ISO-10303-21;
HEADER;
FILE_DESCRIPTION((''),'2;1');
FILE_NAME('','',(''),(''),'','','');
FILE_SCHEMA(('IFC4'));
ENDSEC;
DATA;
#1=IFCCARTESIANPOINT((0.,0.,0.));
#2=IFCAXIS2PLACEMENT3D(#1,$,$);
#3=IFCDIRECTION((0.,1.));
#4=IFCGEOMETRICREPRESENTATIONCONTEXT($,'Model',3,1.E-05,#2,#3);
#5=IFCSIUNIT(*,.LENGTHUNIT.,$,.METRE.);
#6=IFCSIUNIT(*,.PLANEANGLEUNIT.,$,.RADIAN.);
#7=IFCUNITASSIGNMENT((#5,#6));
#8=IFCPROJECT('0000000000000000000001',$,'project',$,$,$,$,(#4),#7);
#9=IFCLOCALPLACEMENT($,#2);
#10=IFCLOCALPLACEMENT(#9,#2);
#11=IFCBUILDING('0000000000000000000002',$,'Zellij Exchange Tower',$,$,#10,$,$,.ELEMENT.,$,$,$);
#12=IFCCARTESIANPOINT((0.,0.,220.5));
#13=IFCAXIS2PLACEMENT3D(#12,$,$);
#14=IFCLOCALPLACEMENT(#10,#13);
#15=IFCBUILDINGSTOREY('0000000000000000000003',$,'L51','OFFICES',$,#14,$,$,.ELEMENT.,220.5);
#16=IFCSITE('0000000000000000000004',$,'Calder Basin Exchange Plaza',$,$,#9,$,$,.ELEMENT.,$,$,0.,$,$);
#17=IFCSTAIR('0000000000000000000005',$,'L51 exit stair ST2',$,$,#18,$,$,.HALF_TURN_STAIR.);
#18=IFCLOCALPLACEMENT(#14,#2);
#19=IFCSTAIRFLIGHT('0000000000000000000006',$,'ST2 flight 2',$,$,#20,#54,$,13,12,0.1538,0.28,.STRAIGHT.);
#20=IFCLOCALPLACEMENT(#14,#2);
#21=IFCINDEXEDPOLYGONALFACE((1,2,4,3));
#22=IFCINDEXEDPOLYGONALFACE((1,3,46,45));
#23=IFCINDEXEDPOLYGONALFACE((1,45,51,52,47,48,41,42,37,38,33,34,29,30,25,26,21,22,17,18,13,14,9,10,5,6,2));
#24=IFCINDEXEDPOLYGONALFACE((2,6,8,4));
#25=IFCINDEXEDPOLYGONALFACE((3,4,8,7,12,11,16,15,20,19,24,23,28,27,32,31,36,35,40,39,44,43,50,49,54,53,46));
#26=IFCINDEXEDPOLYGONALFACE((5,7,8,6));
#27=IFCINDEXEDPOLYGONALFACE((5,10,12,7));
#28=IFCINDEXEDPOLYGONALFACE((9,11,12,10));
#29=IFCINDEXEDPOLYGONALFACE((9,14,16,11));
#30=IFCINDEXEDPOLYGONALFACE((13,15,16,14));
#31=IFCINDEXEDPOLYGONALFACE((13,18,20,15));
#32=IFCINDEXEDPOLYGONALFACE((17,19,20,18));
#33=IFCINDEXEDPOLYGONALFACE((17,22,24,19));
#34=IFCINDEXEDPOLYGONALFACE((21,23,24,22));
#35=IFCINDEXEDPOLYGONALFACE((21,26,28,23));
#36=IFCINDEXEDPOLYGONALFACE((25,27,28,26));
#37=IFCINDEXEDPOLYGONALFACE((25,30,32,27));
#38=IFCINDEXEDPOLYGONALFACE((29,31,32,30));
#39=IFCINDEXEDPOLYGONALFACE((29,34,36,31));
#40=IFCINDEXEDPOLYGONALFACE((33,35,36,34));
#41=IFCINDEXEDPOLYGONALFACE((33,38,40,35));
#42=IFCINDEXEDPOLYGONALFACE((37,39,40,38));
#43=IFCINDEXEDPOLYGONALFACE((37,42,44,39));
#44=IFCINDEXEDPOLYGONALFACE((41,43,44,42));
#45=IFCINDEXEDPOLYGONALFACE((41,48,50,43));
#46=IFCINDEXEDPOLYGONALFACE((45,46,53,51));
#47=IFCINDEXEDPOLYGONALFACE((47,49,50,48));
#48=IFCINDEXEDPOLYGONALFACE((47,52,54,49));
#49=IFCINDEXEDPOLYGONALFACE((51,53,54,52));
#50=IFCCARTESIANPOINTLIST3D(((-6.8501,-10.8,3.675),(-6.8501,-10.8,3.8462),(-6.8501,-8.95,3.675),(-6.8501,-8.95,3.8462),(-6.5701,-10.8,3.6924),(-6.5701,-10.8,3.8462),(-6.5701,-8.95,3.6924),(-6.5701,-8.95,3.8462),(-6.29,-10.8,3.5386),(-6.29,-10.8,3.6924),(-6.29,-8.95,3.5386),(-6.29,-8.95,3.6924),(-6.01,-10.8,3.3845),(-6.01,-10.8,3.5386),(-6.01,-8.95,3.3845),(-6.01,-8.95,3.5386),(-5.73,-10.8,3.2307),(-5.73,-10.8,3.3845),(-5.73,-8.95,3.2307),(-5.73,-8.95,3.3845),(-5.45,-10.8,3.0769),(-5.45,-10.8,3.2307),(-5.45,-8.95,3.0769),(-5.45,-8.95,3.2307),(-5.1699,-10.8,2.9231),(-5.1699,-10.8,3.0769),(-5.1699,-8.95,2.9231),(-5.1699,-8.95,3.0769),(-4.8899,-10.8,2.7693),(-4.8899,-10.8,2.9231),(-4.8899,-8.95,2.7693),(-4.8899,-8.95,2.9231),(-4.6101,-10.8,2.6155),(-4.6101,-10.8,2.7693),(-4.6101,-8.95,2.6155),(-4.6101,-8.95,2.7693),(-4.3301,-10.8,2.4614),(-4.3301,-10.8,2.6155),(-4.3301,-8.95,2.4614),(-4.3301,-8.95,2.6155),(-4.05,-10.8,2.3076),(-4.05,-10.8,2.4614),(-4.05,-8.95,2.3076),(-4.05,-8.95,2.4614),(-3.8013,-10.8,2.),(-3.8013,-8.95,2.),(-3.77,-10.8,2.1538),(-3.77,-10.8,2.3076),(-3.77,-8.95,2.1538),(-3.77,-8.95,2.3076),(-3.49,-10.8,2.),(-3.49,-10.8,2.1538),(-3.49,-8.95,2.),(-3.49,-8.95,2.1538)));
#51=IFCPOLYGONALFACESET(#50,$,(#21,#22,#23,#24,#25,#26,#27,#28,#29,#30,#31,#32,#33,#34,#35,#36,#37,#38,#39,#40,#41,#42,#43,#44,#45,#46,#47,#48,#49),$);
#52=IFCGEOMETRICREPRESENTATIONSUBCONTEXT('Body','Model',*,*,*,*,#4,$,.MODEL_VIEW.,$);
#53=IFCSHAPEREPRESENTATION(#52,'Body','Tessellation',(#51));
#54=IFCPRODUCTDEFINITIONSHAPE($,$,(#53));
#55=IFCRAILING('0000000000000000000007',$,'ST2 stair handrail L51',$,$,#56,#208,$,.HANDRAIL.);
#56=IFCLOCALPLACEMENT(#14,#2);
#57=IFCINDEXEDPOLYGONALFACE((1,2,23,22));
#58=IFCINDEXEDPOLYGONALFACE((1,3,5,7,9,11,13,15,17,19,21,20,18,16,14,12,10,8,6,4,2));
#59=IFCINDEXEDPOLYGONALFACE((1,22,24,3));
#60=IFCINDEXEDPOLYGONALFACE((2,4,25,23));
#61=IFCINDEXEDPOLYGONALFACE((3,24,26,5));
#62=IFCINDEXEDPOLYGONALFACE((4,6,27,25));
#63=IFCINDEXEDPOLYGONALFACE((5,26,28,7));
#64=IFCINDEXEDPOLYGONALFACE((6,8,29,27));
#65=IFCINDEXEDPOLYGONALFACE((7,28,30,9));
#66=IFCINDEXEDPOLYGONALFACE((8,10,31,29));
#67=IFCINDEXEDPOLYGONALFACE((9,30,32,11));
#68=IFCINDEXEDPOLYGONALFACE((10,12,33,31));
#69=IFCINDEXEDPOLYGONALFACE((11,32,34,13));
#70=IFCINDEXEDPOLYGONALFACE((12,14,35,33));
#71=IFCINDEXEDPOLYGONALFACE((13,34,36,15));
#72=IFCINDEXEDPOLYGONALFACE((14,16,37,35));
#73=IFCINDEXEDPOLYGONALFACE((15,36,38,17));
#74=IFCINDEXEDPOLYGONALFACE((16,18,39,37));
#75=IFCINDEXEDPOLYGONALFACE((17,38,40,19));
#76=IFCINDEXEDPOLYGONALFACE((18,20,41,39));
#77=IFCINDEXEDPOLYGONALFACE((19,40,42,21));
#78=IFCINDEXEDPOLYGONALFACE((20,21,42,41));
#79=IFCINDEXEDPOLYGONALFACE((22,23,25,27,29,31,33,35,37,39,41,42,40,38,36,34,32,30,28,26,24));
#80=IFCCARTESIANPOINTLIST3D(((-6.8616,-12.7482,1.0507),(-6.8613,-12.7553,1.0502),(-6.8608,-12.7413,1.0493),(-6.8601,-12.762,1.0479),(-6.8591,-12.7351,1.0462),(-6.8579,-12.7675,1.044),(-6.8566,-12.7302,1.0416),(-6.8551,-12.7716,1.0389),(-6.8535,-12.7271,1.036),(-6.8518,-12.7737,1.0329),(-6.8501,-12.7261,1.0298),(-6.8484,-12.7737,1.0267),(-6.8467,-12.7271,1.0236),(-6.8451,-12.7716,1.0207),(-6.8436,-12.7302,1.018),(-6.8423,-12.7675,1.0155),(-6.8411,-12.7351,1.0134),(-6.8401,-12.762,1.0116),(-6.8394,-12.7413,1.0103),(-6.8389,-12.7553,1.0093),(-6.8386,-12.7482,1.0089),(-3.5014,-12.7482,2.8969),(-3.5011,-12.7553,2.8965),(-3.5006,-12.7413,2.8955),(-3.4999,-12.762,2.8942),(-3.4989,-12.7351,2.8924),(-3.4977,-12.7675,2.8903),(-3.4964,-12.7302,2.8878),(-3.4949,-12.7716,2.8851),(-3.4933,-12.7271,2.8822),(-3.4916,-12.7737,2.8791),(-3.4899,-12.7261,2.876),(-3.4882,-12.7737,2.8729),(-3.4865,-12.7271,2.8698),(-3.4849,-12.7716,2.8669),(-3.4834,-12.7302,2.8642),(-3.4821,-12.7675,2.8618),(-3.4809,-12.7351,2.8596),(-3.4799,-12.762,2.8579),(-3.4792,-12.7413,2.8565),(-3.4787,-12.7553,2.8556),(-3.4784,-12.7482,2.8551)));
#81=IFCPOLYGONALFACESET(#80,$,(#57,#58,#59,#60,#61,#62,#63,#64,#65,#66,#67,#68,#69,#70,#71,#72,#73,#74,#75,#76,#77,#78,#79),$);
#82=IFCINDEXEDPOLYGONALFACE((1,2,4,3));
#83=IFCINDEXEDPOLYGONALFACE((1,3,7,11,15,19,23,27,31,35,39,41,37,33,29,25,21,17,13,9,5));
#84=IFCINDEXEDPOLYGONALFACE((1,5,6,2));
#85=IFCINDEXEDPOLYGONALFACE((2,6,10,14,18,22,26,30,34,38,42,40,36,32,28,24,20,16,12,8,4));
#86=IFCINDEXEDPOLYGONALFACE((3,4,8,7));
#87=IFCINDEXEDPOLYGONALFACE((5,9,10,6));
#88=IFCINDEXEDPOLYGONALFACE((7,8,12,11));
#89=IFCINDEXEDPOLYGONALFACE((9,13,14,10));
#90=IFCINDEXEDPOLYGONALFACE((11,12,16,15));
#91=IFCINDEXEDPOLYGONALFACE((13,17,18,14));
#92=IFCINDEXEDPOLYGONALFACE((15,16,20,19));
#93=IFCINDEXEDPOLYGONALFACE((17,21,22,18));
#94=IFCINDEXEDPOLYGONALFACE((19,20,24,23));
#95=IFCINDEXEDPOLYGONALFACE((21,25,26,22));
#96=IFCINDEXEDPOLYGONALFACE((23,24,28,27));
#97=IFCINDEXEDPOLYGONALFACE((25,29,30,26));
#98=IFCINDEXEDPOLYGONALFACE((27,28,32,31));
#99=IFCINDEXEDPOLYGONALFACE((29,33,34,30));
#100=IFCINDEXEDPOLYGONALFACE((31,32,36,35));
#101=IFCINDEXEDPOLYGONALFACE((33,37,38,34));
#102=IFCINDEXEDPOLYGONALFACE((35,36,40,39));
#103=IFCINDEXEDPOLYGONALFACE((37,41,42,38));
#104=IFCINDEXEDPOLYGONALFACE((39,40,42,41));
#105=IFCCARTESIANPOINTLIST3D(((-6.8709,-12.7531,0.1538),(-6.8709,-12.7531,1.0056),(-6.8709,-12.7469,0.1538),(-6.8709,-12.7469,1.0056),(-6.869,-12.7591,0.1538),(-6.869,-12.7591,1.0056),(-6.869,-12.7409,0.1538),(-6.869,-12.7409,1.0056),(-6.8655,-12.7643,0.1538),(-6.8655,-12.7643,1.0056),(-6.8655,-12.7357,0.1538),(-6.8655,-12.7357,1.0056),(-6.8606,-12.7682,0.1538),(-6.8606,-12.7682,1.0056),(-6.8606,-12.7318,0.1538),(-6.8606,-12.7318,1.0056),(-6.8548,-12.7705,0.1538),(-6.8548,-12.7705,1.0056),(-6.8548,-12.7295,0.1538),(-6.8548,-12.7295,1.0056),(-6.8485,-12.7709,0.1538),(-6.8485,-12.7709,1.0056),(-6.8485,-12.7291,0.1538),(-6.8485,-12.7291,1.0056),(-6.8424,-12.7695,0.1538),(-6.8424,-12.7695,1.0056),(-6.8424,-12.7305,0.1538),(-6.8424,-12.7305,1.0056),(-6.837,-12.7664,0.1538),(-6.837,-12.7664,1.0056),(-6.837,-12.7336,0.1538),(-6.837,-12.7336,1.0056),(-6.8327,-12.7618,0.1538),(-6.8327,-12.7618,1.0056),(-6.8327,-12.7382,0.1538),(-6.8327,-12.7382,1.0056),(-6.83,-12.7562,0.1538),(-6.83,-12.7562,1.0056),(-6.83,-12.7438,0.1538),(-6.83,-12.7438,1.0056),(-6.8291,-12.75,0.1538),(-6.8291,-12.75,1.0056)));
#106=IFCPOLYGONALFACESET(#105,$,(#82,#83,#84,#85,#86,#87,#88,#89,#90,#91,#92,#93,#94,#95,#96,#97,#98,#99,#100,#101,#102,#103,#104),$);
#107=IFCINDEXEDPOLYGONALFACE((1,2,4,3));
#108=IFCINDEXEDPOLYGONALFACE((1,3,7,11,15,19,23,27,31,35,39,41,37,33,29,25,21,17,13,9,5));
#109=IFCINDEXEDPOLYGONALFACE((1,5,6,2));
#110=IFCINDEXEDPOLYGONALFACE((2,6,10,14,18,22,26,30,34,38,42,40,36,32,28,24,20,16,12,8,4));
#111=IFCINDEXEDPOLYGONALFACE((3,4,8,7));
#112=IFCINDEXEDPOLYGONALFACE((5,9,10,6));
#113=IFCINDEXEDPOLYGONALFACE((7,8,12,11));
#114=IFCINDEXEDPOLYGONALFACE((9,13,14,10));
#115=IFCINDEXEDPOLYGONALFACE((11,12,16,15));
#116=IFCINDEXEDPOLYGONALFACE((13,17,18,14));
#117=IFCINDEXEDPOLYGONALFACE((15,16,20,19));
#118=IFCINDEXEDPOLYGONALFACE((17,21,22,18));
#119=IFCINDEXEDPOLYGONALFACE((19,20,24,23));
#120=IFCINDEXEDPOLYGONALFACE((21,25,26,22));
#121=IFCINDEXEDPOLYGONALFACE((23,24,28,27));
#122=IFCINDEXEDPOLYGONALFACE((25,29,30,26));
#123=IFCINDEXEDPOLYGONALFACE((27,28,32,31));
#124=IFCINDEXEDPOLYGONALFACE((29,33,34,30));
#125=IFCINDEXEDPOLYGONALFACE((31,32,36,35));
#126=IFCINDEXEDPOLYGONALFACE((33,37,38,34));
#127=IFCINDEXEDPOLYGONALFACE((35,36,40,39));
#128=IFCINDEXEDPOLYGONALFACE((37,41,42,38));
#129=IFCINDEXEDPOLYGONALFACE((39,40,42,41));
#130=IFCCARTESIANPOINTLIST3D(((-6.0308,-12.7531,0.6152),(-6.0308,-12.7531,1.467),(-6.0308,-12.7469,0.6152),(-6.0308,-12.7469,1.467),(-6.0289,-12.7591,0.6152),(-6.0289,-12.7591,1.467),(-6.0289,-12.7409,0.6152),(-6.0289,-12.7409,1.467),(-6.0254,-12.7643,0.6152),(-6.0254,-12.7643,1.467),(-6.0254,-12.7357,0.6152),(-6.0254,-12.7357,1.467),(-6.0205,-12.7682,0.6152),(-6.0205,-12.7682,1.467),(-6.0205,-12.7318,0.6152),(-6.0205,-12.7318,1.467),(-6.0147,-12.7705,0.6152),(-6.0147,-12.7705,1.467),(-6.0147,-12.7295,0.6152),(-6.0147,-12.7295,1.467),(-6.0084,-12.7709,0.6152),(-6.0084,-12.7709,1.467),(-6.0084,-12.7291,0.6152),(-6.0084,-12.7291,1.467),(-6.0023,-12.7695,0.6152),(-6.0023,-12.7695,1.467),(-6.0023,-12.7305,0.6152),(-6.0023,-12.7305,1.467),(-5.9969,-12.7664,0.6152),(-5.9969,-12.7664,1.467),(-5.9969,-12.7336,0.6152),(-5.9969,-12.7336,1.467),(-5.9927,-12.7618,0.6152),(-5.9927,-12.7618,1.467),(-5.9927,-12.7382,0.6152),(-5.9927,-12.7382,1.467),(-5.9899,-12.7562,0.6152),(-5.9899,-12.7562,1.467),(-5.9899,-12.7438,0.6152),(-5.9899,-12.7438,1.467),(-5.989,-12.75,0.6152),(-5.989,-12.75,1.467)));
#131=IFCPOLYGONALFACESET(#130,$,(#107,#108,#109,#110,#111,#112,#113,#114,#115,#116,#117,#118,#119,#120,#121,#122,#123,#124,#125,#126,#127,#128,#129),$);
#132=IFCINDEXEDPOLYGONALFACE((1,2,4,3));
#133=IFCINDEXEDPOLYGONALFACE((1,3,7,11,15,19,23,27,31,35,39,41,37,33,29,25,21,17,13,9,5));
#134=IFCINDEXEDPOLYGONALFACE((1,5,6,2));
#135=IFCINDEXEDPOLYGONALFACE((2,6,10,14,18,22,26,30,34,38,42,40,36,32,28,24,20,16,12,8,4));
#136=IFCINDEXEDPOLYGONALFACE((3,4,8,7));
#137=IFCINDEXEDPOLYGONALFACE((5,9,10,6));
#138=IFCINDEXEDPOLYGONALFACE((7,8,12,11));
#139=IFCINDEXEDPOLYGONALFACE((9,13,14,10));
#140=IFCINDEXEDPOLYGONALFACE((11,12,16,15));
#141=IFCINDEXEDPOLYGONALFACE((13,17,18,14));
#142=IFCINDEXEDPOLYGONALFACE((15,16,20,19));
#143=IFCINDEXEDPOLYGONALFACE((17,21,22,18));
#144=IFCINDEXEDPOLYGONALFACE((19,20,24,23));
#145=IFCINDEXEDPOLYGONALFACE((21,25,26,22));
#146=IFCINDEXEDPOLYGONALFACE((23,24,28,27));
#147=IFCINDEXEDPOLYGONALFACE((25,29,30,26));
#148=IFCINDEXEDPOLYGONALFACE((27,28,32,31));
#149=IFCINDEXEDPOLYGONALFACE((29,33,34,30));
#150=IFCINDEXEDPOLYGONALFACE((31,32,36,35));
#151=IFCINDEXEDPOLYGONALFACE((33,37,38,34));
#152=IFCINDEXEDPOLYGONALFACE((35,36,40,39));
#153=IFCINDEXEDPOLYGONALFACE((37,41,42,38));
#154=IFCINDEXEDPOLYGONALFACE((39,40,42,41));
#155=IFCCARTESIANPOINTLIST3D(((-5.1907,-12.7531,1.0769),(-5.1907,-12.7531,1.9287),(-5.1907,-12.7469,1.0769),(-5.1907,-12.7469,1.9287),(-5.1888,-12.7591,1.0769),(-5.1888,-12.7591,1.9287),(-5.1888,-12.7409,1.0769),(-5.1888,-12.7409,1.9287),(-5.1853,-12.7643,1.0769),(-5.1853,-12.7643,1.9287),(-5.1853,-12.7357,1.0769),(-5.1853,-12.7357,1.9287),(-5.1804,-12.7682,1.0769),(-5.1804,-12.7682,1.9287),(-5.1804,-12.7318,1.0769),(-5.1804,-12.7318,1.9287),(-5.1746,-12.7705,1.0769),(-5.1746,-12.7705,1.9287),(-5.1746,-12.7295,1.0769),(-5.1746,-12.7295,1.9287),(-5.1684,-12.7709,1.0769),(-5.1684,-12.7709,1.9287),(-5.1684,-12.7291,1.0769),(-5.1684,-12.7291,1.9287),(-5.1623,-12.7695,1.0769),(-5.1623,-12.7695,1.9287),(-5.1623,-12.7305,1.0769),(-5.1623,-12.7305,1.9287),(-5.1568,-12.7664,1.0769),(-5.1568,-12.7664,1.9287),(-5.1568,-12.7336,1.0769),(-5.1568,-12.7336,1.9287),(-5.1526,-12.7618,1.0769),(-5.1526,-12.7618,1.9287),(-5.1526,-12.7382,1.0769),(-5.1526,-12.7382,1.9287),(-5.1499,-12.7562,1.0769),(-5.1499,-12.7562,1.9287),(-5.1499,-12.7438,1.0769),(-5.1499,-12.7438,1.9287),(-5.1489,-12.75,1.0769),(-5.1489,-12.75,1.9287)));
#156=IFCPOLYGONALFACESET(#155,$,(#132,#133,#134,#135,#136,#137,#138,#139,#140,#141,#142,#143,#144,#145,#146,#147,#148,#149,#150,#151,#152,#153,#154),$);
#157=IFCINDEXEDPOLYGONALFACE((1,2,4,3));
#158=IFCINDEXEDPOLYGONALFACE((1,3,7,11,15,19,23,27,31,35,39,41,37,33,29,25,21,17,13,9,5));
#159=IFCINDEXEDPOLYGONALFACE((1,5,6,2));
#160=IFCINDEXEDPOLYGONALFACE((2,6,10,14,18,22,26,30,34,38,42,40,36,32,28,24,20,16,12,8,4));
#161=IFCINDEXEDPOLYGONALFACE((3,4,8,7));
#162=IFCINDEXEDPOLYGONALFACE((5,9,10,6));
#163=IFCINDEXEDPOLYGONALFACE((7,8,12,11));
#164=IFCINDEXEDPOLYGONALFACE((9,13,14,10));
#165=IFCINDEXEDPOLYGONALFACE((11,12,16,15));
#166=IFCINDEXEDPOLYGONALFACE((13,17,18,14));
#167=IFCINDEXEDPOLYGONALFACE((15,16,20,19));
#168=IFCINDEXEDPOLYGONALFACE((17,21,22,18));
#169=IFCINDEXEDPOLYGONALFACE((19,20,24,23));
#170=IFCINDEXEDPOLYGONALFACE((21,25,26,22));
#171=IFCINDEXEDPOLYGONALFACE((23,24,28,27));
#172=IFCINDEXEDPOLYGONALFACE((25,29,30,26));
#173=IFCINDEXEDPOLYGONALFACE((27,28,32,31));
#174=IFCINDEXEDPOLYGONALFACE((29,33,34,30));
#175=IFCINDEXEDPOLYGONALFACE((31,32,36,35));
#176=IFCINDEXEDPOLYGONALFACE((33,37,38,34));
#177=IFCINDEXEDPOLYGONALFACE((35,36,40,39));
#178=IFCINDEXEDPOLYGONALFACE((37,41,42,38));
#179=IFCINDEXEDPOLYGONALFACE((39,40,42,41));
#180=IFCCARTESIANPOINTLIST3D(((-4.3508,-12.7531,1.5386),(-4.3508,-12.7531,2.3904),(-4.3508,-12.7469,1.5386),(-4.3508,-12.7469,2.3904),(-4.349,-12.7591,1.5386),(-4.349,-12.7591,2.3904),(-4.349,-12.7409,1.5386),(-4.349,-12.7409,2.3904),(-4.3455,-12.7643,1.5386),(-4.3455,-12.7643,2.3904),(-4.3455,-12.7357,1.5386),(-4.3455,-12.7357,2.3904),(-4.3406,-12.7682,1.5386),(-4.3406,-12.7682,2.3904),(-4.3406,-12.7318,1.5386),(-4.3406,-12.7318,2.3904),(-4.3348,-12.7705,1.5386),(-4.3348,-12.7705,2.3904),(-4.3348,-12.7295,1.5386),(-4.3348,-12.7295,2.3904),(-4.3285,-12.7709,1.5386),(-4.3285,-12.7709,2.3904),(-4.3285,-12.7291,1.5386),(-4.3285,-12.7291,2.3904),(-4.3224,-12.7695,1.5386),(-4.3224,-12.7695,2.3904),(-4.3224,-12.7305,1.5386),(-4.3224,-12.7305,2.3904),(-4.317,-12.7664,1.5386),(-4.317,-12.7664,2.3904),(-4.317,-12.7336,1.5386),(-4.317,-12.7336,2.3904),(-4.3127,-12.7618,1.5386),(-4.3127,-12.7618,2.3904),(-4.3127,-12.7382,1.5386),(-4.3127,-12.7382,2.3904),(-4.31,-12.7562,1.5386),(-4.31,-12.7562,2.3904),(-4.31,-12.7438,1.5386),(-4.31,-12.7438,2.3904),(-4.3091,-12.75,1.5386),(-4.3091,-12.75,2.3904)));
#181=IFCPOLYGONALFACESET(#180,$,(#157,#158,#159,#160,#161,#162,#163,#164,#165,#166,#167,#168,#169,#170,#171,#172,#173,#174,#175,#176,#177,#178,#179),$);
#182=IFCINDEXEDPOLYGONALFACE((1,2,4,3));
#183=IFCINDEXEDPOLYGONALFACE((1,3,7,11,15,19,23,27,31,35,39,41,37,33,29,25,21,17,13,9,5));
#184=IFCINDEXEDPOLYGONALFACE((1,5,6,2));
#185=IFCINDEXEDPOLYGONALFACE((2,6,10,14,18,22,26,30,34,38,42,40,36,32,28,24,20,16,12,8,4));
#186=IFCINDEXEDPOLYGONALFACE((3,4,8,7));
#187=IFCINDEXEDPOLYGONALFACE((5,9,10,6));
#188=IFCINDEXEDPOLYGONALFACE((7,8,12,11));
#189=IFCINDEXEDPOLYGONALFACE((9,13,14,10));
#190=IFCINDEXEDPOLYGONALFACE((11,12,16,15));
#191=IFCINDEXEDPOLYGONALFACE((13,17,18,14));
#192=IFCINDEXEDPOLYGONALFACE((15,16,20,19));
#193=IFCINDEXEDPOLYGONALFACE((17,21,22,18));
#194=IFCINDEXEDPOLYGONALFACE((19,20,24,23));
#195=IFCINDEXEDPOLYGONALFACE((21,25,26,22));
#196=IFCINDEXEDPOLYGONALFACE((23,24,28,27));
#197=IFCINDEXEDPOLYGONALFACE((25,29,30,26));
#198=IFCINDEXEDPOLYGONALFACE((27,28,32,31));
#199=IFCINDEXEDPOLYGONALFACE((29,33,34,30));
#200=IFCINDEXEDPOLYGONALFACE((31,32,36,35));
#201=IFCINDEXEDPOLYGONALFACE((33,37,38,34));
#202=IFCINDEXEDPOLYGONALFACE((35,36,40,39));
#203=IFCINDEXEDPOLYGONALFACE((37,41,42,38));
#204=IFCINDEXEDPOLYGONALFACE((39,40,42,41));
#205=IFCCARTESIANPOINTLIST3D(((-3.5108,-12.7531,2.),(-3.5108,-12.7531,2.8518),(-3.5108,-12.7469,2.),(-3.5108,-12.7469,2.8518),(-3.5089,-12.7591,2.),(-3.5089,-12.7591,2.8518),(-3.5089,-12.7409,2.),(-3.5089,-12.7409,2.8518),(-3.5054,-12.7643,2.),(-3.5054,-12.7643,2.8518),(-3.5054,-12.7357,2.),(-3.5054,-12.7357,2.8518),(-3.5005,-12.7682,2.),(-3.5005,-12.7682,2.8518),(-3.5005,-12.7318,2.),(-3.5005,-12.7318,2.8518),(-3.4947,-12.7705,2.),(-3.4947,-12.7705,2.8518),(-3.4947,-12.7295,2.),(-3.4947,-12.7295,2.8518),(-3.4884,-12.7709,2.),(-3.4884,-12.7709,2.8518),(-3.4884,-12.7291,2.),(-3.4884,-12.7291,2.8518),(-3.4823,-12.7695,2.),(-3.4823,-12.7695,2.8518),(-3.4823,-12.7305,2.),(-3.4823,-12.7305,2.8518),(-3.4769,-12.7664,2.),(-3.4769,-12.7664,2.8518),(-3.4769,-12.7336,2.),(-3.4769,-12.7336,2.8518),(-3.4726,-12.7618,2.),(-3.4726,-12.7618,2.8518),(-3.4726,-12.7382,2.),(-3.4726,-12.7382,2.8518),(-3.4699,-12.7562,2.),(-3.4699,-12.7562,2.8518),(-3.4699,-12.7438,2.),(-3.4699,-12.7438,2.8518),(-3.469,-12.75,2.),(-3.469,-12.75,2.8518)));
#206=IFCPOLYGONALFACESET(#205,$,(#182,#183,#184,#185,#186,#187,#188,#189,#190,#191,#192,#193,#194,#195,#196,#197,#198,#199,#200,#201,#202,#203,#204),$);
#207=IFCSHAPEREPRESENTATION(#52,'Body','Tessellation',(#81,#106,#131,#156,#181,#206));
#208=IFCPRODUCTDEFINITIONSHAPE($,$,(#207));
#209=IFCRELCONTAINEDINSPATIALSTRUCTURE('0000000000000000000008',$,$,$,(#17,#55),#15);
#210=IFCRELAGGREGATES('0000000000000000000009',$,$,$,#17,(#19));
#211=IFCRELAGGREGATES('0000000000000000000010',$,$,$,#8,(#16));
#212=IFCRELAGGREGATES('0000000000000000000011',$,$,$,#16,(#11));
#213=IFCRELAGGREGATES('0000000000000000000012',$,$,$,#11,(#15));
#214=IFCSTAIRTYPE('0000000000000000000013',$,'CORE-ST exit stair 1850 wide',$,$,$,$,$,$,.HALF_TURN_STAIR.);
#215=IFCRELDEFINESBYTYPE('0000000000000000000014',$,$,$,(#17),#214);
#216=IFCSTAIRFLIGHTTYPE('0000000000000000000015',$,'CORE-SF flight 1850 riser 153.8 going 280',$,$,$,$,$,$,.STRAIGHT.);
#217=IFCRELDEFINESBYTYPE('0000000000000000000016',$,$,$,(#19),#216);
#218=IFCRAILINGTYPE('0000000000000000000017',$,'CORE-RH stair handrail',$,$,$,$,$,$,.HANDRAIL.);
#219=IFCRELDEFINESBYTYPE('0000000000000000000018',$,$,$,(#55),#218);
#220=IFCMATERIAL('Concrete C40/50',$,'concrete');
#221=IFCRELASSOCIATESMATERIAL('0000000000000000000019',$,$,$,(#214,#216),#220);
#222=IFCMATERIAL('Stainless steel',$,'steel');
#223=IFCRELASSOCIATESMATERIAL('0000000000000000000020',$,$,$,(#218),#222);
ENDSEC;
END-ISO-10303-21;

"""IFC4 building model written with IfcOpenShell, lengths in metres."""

from ifc_helpers import new_model, si_unit, direction, frame, origin, origin_2d, place, context, subcontext, project, spatial, polyline, circle, outline, extrude, material, type_object, element, aggregate, save


model = new_model("IFC4")

# Units and contexts
model_context = context("Model", 3, precision=1e-05, world=origin(), true_north=direction((0.0, 1.0)))
body_context = subcontext(model_context, "Body", "Model", "MODEL_VIEW")
ifc_project = project(units=[si_unit("LENGTHUNIT", "METRE"), si_unit("PLANEANGLEUNIT", "RADIAN")], contexts=[model_context])

# Site, building, storey
site_placement = place(None, origin())
site = spatial("IfcSite", under=ifc_project, at=site_placement, Name="Calder Basin Exchange Plaza", CompositionType="ELEMENT", RefElevation=0.0)
building_placement = place(site_placement, origin())
building = spatial("IfcBuilding", under=site, at=building_placement, Name="Zellij Exchange Tower", CompositionType="ELEMENT")
storey_placement = place(building_placement, frame((0.0, 0.0, 220.5)))
storey = spatial("IfcBuildingStorey", under=building, at=storey_placement, Name="L51", Description="OFFICES", CompositionType="ELEMENT", Elevation=220.5)

# Shared definitions
ifc_material_1 = material(Name="Concrete C40/50", Category="concrete")

# Stair, stair flight
stair_type = type_object("IfcStairType", Name="CORE-ST exit stair 1850 wide", PredefinedType="HALF_TURN_STAIR", material=ifc_material_1)
stair_placement = place(storey_placement, origin())
stair = element("IfcStair", 1, at=stair_placement, inside=storey, type_object=stair_type, Name="L51 exit stair ST2", PredefinedType="HALF_TURN_STAIR")
stair_flight_type = type_object("IfcStairFlightType", Name="CORE-SF flight 1850 riser 153.8 going 280", PredefinedType="STRAIGHT", material=ifc_material_1)
stair_flight_1_placement = place(storey_placement, frame((-3.49, -9.875, 2.0), z_axis=(0.0, 0.0, 1.0), x_axis=(-1.0, 0.0, 0.0)))
stair_flight_1 = element("IfcStairFlight", 2, at=stair_flight_1_placement, type_object=stair_flight_type, Name="ST2 flight 2", NumberOfRisers=13, NumberOfTreads=12, PredefinedType="STRAIGHT", RiserHeight=0.1538, TreadLength=0.28, context=body_context, shape_type="SweptSolid", body=[
    extrude(outline(polyline([(0.0, 0.0), (0.0, 0.1538), (0.28, 0.1538), (0.28, 0.3076), (0.5601, 0.3076), (0.5601, 0.4614), (0.8401, 0.4614), (0.8401, 0.6155), (1.1201, 0.6155), (1.1201, 0.7693), (1.3999, 0.7693), (1.3999, 0.9231), (1.6799, 0.9231), (1.6799, 1.0769), (1.96, 1.0769), (1.96, 1.2307), (2.24, 1.2307), (2.24, 1.3845), (2.52, 1.3845), (2.52, 1.5386), (2.8, 1.5386), (2.8, 1.6924), (3.0801, 1.6924), (3.0801, 1.8462), (3.3601, 1.8462), (3.3601, 2.0), (3.3601, 1.675), (0.3113, 0.0), (0.0, 0.0)])), frame((0.0, 0.925, 0.0), z_axis=(0.0, -1.0, 0.0), x_axis=(1.0, 0.0, 0.0)), (0.0, 0.0, 1.0), 1.8501),
])
aggregate(stair, [stair_flight_1])

# Railing
ifc_material_2 = material(Name="Stainless steel", Category="steel")
railing_type_1 = type_object("IfcRailingType", Name="CORE-RH stair handrail", PredefinedType="HANDRAIL", material=ifc_material_2)
railing_1_placement = place(storey_placement, frame((-6.8501, -12.75, 0.1538)))
element("IfcRailing", 3, at=railing_1_placement, inside=storey, type_object=railing_type_1, Name="ST2 stair handrail L51", PredefinedType="HANDRAIL", context=body_context, shape_type="SweptSolid", body=[
    extrude(circle(Radius=0.0239, at=origin_2d()), frame((0.0, 0.0, 0.876), z_axis=(0.876422, 0.0, 0.481545), x_axis=(0.0, 1.0, 0.0)), (0.0, 0.0, 1.0), 3.834),
    extrude(circle(Radius=0.021, at=origin_2d()), origin(), (0.0, 0.0, 1.0), 0.8518),
    extrude(circle(Radius=0.021, at=origin_2d()), frame((0.8401, 0.0, 0.4614)), (0.0, 0.0, 1.0), 0.8518),
    extrude(circle(Radius=0.021, at=origin_2d()), frame((1.6802, 0.0, 0.9231)), (0.0, 0.0, 1.0), 0.8518),
    extrude(circle(Radius=0.021, at=origin_2d()), frame((2.52, 0.0, 1.3848)), (0.0, 0.0, 1.0), 0.8518),
    extrude(circle(Radius=0.021, at=origin_2d()), frame((3.3601, 0.0, 1.8462)), (0.0, 0.0, 1.0), 0.8518),
])

save(model, "model.ifc")
